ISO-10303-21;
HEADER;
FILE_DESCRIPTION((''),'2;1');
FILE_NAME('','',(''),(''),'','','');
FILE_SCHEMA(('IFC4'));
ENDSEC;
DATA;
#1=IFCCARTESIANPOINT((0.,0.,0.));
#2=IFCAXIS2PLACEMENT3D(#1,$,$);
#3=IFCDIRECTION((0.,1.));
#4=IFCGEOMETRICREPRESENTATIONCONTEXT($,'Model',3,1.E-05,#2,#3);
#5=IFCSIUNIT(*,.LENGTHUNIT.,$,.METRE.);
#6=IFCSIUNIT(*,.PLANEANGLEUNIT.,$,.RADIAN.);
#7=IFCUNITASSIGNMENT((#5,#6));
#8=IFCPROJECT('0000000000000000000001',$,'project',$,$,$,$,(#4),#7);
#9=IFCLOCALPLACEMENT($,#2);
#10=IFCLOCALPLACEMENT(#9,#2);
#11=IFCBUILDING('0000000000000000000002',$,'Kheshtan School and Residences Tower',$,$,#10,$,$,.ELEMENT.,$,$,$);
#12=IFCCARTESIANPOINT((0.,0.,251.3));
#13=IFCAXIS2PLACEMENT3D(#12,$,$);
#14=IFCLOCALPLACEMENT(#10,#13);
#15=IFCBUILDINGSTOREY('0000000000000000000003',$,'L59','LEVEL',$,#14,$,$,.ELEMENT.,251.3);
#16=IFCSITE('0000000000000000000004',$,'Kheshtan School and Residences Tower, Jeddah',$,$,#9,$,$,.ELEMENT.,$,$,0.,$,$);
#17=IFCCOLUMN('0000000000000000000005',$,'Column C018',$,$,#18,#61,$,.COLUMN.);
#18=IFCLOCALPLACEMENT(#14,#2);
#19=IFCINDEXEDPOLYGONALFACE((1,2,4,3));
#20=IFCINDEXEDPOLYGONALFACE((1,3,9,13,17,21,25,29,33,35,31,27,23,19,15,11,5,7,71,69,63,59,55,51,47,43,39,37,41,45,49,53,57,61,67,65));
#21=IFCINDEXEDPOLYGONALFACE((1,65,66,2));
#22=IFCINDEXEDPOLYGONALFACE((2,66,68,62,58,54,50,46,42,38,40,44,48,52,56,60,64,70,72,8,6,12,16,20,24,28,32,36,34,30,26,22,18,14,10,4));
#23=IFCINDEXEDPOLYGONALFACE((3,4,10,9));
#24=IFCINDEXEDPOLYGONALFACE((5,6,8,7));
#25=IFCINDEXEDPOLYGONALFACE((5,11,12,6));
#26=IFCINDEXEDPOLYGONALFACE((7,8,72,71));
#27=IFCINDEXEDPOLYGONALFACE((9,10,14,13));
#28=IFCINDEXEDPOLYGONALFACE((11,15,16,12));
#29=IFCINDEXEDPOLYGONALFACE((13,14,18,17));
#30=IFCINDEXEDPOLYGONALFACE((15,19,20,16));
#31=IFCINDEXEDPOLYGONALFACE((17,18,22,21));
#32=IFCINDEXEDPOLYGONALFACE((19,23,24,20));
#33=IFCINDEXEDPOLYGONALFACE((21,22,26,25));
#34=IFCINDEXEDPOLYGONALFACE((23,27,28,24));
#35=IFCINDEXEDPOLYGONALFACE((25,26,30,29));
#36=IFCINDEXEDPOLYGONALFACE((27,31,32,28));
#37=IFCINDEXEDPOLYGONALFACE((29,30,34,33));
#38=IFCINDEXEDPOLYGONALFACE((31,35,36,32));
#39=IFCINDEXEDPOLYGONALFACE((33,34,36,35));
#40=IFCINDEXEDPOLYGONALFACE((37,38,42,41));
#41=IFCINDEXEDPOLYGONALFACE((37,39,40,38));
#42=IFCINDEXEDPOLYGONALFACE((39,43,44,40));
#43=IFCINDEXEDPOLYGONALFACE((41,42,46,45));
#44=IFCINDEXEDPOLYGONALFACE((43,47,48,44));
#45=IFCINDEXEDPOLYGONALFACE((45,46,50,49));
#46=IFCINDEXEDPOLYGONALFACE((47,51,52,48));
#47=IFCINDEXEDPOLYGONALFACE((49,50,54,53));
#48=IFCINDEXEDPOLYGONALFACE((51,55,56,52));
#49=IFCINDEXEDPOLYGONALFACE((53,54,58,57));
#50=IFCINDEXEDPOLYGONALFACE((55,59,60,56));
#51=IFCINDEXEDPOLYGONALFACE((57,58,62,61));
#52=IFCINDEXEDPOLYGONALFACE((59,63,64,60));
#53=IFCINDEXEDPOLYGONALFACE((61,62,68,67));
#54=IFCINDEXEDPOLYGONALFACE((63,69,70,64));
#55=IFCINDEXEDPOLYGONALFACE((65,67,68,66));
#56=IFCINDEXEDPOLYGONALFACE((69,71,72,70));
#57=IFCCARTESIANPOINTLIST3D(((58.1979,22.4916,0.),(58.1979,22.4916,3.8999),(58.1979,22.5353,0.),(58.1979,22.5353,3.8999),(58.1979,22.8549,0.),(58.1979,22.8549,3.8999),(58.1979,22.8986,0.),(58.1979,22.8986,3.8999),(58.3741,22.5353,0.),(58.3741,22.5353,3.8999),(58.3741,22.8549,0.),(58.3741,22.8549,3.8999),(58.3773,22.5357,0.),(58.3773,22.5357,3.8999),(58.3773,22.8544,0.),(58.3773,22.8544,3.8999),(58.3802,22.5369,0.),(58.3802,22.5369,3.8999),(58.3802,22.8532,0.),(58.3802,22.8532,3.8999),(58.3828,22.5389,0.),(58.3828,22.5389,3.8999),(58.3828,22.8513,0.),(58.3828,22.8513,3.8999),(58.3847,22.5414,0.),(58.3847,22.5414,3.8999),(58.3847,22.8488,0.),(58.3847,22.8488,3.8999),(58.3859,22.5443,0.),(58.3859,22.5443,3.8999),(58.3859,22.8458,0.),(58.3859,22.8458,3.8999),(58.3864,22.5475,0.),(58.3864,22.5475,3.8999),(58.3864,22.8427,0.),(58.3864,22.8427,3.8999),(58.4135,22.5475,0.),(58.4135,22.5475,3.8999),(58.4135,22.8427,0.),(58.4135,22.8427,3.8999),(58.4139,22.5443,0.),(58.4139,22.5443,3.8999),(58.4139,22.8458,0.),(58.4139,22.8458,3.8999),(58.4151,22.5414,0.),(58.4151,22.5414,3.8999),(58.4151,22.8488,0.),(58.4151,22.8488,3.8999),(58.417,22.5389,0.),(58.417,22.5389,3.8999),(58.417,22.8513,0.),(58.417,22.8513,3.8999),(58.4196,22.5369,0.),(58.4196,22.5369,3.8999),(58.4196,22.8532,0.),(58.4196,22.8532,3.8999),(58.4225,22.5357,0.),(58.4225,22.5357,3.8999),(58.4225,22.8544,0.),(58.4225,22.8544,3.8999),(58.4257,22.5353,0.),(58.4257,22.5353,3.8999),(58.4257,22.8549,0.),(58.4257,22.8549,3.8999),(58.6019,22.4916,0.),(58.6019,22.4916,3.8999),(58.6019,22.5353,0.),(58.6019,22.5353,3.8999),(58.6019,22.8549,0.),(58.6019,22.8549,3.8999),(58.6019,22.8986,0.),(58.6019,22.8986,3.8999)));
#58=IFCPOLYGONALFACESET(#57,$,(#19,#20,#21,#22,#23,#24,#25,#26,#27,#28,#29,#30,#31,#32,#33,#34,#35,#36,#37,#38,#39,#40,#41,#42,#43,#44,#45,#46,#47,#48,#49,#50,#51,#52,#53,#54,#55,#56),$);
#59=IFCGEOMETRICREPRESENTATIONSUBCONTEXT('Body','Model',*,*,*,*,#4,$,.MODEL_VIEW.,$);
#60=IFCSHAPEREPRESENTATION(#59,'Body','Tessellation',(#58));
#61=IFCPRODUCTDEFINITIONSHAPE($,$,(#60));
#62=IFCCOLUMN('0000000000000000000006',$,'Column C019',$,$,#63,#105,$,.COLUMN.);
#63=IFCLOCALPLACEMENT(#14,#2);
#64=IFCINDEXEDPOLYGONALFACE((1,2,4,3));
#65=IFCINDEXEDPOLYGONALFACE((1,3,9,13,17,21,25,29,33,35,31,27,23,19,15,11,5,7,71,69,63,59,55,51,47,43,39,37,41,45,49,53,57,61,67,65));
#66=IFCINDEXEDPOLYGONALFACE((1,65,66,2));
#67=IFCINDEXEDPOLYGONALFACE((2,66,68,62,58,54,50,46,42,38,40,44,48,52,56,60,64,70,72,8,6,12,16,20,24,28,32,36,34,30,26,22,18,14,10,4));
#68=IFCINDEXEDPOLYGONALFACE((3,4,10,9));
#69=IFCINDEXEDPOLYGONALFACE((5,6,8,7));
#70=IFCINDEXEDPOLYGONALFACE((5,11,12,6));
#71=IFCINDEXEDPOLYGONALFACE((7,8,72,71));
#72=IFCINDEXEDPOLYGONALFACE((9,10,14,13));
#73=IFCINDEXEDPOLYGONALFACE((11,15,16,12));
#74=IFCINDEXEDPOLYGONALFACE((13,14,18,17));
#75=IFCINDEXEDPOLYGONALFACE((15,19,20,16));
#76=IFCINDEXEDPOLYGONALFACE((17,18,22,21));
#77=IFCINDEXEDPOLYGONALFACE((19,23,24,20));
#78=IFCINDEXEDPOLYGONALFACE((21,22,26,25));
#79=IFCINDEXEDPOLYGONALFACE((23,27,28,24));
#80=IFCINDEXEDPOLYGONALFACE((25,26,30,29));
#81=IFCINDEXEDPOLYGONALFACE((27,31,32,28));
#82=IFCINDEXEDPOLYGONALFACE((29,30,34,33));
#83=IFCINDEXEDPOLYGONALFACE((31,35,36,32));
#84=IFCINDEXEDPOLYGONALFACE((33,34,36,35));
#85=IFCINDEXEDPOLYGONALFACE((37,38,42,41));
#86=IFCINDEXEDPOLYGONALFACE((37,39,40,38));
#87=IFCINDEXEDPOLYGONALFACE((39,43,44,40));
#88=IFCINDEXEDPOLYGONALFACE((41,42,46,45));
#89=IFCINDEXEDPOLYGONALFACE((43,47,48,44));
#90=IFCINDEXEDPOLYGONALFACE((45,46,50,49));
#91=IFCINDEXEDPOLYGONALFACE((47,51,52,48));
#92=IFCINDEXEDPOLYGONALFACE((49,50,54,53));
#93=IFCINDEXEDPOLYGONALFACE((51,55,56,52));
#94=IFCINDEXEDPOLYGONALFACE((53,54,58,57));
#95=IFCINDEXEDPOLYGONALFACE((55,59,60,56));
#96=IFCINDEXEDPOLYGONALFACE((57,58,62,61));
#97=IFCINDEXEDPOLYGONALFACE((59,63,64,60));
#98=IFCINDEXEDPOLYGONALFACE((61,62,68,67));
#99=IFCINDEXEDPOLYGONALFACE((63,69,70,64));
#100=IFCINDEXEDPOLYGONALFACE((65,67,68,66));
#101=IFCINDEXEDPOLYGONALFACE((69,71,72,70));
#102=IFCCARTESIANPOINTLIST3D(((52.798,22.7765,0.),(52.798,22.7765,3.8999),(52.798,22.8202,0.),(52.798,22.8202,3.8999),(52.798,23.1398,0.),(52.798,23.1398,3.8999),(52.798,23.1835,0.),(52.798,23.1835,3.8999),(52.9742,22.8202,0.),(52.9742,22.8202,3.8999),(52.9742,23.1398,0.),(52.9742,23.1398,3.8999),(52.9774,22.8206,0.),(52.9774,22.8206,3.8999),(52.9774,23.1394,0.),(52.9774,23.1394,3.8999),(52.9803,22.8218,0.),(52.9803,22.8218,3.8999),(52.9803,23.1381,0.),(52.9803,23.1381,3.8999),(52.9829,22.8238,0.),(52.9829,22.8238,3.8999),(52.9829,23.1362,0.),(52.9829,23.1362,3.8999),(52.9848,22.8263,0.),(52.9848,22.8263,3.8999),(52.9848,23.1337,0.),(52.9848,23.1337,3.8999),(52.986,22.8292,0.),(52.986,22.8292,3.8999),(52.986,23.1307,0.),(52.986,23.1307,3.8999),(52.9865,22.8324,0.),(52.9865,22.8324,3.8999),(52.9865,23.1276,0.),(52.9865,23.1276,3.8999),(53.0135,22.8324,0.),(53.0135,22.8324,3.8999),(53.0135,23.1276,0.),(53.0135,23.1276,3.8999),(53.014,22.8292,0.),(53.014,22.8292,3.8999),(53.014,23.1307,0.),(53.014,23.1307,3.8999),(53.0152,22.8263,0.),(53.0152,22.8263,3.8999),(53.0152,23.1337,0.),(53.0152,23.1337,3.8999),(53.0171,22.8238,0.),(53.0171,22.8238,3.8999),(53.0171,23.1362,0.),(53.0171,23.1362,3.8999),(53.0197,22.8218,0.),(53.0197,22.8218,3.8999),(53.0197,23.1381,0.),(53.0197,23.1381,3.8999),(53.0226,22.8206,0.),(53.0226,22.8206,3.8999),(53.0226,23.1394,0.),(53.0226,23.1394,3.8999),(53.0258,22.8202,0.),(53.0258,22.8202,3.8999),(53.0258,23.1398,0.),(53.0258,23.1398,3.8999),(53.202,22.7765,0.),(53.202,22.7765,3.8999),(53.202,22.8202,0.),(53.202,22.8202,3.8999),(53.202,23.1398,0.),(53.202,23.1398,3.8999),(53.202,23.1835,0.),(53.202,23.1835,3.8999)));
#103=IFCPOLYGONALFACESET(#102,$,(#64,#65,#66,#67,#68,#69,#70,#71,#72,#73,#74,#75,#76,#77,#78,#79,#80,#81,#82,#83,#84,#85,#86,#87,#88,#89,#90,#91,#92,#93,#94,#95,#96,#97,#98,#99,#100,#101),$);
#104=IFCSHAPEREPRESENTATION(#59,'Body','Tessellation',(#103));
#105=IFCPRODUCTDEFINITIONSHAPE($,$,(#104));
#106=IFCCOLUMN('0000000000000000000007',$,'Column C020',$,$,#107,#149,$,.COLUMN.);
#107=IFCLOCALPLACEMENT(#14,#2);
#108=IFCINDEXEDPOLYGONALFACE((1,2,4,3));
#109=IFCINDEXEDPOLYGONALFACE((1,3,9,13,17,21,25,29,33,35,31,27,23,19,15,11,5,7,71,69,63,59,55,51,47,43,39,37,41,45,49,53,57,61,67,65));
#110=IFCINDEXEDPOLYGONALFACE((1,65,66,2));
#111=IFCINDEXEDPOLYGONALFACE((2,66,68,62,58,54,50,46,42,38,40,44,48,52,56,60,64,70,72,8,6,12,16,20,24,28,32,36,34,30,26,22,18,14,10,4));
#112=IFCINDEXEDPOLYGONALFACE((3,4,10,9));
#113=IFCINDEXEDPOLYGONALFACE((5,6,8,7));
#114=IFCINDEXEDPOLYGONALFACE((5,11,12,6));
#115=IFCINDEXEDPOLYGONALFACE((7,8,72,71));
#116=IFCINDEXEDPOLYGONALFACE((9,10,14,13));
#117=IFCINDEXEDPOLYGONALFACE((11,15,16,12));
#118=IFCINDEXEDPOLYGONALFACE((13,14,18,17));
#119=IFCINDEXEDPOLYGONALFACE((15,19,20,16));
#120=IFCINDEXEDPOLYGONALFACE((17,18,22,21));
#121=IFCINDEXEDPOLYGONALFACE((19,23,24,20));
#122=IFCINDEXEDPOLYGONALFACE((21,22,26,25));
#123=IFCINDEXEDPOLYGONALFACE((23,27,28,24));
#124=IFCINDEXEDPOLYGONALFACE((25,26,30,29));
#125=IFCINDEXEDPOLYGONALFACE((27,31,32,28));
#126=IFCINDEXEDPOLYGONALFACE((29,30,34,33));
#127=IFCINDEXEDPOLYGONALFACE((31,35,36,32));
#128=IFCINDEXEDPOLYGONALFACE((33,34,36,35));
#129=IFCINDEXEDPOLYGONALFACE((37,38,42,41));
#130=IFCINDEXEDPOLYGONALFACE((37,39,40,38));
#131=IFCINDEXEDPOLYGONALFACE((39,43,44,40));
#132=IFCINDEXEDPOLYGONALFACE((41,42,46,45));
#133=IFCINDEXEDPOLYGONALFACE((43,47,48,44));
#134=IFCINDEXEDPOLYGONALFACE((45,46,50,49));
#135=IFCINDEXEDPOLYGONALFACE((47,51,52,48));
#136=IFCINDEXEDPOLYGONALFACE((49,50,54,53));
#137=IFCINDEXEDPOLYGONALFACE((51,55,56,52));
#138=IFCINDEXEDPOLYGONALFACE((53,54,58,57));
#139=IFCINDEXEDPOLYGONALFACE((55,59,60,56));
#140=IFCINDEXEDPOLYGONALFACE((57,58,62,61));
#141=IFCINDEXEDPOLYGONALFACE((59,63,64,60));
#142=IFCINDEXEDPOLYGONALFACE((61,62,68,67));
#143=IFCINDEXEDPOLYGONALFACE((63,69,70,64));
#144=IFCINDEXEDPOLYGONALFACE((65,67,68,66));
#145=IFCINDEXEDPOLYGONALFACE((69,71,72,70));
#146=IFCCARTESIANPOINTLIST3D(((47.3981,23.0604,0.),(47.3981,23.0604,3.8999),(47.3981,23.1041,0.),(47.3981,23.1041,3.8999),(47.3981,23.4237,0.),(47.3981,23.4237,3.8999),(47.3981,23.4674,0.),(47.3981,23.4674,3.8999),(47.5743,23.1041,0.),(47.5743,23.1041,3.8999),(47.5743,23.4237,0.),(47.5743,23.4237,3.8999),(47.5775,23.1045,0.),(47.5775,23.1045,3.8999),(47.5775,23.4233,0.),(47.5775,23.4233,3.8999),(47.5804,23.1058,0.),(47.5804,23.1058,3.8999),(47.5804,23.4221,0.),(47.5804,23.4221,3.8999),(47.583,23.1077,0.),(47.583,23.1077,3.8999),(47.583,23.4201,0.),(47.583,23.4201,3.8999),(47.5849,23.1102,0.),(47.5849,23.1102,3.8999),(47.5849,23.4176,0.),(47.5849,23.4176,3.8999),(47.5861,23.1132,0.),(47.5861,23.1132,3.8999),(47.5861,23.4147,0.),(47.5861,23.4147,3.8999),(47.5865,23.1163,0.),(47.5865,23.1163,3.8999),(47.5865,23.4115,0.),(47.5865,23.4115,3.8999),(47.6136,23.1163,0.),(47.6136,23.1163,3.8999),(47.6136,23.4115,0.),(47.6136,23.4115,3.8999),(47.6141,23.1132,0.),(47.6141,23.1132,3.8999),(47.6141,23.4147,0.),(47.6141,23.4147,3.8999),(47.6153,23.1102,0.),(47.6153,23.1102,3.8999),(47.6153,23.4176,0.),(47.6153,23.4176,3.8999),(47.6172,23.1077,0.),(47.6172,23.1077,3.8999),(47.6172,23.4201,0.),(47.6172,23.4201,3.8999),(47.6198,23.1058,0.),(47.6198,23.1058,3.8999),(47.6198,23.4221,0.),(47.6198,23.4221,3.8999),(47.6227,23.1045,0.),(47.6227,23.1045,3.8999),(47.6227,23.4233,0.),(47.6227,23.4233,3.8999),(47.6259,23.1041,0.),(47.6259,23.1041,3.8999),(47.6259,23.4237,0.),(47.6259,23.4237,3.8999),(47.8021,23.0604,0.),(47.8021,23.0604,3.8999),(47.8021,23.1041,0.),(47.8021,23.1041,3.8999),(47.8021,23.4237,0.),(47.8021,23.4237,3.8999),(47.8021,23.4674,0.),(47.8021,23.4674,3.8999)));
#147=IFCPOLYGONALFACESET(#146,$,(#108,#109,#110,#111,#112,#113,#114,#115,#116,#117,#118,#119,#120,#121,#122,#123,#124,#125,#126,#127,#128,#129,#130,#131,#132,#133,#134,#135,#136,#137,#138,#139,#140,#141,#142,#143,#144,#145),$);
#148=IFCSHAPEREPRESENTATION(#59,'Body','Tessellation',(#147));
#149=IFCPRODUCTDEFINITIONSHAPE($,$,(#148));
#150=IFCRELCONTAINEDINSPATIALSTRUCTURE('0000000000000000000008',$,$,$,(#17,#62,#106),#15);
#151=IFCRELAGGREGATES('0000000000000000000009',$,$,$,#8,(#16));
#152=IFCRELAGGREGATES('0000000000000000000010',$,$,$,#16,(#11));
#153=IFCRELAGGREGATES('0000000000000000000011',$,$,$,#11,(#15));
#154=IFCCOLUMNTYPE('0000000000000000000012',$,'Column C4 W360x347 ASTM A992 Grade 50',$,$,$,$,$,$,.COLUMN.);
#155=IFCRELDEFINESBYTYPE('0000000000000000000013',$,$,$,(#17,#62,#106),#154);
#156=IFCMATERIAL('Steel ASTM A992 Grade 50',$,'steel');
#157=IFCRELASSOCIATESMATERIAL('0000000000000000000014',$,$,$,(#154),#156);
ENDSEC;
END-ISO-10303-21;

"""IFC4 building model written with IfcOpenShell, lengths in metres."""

from ifc_helpers import new_model, si_unit, direction, frame, origin, origin_2d, place, context, subcontext, project, spatial, i_section, extrude, material, material_profile, profile_set, type_object, element, save


model = new_model("IFC4")

# Units and contexts
model_context = context("Model", 3, precision=1e-05, world=origin(), true_north=direction((0.0, 1.0)))
body_context = subcontext(model_context, "Body", "Model", "MODEL_VIEW")
ifc_project = project(units=[si_unit("LENGTHUNIT", "METRE"), si_unit("PLANEANGLEUNIT", "RADIAN")], contexts=[model_context])

# Site, building, storey
site_placement = place(None, origin())
site = spatial("IfcSite", under=ifc_project, at=site_placement, Name="Kheshtan School and Residences Tower, Jeddah", CompositionType="ELEMENT", RefElevation=0.0)
building_placement = place(site_placement, origin())
building = spatial("IfcBuilding", under=site, at=building_placement, Name="Kheshtan School and Residences Tower", CompositionType="ELEMENT")
storey_placement = place(building_placement, frame((0.0, 0.0, 251.3)))
storey = spatial("IfcBuildingStorey", under=building, at=storey_placement, Name="L59", Description="LEVEL", CompositionType="ELEMENT", Elevation=251.3)

# Columns
ifc_material_1 = material(Name="Steel ASTM A992 Grade 50", Category="steel")
ifc_material_profile_1 = material_profile(ifc_material_1, i_section(OverallWidth=0.4041, OverallDepth=0.407, WebThickness=0.0271, FlangeThickness=0.0437, FilletRadius=0.0122, at=origin_2d()), Name="W360x347")
ifc_profile_set_1 = profile_set([ifc_material_profile_1], Name="Steel ASTM A992 Grade 50")
column_type_1 = type_object("IfcColumnType", Name="Column C4 W360x347 ASTM A992 Grade 50", PredefinedType="COLUMN", material=ifc_profile_set_1)
for number, where, z_axis, x_axis, name in (
    (1, (58.3999, 22.6951, 0.0), (0.0, 0.0, 1.0), (1.0, 0.0, 0.0), "Column C018"),
    (2, (53.0, 22.98, 0.0), (0.0, 0.0, 1.0), (1.0, 0.0, 0.0), "Column C019"),
    (3, (47.6001, 23.2639, 0.0), (0.0, 0.0, 1.0), (1.0, 0.0, 0.0), "Column C020"),
):
    element("IfcColumn", number, at=place(storey_placement, frame(where, z_axis=z_axis, x_axis=x_axis)), inside=storey, type_object=column_type_1, Name=name, PredefinedType="COLUMN", context=body_context, shape_type="SweptSolid", body=[
        extrude(i_section(OverallWidth=0.4041, OverallDepth=0.407, WebThickness=0.0271, FlangeThickness=0.0437, FilletRadius=0.0122, at=origin_2d()), origin(), (0.0, 0.0, 1.0), 3.8999),
    ])

save(model, "model.ifc")
